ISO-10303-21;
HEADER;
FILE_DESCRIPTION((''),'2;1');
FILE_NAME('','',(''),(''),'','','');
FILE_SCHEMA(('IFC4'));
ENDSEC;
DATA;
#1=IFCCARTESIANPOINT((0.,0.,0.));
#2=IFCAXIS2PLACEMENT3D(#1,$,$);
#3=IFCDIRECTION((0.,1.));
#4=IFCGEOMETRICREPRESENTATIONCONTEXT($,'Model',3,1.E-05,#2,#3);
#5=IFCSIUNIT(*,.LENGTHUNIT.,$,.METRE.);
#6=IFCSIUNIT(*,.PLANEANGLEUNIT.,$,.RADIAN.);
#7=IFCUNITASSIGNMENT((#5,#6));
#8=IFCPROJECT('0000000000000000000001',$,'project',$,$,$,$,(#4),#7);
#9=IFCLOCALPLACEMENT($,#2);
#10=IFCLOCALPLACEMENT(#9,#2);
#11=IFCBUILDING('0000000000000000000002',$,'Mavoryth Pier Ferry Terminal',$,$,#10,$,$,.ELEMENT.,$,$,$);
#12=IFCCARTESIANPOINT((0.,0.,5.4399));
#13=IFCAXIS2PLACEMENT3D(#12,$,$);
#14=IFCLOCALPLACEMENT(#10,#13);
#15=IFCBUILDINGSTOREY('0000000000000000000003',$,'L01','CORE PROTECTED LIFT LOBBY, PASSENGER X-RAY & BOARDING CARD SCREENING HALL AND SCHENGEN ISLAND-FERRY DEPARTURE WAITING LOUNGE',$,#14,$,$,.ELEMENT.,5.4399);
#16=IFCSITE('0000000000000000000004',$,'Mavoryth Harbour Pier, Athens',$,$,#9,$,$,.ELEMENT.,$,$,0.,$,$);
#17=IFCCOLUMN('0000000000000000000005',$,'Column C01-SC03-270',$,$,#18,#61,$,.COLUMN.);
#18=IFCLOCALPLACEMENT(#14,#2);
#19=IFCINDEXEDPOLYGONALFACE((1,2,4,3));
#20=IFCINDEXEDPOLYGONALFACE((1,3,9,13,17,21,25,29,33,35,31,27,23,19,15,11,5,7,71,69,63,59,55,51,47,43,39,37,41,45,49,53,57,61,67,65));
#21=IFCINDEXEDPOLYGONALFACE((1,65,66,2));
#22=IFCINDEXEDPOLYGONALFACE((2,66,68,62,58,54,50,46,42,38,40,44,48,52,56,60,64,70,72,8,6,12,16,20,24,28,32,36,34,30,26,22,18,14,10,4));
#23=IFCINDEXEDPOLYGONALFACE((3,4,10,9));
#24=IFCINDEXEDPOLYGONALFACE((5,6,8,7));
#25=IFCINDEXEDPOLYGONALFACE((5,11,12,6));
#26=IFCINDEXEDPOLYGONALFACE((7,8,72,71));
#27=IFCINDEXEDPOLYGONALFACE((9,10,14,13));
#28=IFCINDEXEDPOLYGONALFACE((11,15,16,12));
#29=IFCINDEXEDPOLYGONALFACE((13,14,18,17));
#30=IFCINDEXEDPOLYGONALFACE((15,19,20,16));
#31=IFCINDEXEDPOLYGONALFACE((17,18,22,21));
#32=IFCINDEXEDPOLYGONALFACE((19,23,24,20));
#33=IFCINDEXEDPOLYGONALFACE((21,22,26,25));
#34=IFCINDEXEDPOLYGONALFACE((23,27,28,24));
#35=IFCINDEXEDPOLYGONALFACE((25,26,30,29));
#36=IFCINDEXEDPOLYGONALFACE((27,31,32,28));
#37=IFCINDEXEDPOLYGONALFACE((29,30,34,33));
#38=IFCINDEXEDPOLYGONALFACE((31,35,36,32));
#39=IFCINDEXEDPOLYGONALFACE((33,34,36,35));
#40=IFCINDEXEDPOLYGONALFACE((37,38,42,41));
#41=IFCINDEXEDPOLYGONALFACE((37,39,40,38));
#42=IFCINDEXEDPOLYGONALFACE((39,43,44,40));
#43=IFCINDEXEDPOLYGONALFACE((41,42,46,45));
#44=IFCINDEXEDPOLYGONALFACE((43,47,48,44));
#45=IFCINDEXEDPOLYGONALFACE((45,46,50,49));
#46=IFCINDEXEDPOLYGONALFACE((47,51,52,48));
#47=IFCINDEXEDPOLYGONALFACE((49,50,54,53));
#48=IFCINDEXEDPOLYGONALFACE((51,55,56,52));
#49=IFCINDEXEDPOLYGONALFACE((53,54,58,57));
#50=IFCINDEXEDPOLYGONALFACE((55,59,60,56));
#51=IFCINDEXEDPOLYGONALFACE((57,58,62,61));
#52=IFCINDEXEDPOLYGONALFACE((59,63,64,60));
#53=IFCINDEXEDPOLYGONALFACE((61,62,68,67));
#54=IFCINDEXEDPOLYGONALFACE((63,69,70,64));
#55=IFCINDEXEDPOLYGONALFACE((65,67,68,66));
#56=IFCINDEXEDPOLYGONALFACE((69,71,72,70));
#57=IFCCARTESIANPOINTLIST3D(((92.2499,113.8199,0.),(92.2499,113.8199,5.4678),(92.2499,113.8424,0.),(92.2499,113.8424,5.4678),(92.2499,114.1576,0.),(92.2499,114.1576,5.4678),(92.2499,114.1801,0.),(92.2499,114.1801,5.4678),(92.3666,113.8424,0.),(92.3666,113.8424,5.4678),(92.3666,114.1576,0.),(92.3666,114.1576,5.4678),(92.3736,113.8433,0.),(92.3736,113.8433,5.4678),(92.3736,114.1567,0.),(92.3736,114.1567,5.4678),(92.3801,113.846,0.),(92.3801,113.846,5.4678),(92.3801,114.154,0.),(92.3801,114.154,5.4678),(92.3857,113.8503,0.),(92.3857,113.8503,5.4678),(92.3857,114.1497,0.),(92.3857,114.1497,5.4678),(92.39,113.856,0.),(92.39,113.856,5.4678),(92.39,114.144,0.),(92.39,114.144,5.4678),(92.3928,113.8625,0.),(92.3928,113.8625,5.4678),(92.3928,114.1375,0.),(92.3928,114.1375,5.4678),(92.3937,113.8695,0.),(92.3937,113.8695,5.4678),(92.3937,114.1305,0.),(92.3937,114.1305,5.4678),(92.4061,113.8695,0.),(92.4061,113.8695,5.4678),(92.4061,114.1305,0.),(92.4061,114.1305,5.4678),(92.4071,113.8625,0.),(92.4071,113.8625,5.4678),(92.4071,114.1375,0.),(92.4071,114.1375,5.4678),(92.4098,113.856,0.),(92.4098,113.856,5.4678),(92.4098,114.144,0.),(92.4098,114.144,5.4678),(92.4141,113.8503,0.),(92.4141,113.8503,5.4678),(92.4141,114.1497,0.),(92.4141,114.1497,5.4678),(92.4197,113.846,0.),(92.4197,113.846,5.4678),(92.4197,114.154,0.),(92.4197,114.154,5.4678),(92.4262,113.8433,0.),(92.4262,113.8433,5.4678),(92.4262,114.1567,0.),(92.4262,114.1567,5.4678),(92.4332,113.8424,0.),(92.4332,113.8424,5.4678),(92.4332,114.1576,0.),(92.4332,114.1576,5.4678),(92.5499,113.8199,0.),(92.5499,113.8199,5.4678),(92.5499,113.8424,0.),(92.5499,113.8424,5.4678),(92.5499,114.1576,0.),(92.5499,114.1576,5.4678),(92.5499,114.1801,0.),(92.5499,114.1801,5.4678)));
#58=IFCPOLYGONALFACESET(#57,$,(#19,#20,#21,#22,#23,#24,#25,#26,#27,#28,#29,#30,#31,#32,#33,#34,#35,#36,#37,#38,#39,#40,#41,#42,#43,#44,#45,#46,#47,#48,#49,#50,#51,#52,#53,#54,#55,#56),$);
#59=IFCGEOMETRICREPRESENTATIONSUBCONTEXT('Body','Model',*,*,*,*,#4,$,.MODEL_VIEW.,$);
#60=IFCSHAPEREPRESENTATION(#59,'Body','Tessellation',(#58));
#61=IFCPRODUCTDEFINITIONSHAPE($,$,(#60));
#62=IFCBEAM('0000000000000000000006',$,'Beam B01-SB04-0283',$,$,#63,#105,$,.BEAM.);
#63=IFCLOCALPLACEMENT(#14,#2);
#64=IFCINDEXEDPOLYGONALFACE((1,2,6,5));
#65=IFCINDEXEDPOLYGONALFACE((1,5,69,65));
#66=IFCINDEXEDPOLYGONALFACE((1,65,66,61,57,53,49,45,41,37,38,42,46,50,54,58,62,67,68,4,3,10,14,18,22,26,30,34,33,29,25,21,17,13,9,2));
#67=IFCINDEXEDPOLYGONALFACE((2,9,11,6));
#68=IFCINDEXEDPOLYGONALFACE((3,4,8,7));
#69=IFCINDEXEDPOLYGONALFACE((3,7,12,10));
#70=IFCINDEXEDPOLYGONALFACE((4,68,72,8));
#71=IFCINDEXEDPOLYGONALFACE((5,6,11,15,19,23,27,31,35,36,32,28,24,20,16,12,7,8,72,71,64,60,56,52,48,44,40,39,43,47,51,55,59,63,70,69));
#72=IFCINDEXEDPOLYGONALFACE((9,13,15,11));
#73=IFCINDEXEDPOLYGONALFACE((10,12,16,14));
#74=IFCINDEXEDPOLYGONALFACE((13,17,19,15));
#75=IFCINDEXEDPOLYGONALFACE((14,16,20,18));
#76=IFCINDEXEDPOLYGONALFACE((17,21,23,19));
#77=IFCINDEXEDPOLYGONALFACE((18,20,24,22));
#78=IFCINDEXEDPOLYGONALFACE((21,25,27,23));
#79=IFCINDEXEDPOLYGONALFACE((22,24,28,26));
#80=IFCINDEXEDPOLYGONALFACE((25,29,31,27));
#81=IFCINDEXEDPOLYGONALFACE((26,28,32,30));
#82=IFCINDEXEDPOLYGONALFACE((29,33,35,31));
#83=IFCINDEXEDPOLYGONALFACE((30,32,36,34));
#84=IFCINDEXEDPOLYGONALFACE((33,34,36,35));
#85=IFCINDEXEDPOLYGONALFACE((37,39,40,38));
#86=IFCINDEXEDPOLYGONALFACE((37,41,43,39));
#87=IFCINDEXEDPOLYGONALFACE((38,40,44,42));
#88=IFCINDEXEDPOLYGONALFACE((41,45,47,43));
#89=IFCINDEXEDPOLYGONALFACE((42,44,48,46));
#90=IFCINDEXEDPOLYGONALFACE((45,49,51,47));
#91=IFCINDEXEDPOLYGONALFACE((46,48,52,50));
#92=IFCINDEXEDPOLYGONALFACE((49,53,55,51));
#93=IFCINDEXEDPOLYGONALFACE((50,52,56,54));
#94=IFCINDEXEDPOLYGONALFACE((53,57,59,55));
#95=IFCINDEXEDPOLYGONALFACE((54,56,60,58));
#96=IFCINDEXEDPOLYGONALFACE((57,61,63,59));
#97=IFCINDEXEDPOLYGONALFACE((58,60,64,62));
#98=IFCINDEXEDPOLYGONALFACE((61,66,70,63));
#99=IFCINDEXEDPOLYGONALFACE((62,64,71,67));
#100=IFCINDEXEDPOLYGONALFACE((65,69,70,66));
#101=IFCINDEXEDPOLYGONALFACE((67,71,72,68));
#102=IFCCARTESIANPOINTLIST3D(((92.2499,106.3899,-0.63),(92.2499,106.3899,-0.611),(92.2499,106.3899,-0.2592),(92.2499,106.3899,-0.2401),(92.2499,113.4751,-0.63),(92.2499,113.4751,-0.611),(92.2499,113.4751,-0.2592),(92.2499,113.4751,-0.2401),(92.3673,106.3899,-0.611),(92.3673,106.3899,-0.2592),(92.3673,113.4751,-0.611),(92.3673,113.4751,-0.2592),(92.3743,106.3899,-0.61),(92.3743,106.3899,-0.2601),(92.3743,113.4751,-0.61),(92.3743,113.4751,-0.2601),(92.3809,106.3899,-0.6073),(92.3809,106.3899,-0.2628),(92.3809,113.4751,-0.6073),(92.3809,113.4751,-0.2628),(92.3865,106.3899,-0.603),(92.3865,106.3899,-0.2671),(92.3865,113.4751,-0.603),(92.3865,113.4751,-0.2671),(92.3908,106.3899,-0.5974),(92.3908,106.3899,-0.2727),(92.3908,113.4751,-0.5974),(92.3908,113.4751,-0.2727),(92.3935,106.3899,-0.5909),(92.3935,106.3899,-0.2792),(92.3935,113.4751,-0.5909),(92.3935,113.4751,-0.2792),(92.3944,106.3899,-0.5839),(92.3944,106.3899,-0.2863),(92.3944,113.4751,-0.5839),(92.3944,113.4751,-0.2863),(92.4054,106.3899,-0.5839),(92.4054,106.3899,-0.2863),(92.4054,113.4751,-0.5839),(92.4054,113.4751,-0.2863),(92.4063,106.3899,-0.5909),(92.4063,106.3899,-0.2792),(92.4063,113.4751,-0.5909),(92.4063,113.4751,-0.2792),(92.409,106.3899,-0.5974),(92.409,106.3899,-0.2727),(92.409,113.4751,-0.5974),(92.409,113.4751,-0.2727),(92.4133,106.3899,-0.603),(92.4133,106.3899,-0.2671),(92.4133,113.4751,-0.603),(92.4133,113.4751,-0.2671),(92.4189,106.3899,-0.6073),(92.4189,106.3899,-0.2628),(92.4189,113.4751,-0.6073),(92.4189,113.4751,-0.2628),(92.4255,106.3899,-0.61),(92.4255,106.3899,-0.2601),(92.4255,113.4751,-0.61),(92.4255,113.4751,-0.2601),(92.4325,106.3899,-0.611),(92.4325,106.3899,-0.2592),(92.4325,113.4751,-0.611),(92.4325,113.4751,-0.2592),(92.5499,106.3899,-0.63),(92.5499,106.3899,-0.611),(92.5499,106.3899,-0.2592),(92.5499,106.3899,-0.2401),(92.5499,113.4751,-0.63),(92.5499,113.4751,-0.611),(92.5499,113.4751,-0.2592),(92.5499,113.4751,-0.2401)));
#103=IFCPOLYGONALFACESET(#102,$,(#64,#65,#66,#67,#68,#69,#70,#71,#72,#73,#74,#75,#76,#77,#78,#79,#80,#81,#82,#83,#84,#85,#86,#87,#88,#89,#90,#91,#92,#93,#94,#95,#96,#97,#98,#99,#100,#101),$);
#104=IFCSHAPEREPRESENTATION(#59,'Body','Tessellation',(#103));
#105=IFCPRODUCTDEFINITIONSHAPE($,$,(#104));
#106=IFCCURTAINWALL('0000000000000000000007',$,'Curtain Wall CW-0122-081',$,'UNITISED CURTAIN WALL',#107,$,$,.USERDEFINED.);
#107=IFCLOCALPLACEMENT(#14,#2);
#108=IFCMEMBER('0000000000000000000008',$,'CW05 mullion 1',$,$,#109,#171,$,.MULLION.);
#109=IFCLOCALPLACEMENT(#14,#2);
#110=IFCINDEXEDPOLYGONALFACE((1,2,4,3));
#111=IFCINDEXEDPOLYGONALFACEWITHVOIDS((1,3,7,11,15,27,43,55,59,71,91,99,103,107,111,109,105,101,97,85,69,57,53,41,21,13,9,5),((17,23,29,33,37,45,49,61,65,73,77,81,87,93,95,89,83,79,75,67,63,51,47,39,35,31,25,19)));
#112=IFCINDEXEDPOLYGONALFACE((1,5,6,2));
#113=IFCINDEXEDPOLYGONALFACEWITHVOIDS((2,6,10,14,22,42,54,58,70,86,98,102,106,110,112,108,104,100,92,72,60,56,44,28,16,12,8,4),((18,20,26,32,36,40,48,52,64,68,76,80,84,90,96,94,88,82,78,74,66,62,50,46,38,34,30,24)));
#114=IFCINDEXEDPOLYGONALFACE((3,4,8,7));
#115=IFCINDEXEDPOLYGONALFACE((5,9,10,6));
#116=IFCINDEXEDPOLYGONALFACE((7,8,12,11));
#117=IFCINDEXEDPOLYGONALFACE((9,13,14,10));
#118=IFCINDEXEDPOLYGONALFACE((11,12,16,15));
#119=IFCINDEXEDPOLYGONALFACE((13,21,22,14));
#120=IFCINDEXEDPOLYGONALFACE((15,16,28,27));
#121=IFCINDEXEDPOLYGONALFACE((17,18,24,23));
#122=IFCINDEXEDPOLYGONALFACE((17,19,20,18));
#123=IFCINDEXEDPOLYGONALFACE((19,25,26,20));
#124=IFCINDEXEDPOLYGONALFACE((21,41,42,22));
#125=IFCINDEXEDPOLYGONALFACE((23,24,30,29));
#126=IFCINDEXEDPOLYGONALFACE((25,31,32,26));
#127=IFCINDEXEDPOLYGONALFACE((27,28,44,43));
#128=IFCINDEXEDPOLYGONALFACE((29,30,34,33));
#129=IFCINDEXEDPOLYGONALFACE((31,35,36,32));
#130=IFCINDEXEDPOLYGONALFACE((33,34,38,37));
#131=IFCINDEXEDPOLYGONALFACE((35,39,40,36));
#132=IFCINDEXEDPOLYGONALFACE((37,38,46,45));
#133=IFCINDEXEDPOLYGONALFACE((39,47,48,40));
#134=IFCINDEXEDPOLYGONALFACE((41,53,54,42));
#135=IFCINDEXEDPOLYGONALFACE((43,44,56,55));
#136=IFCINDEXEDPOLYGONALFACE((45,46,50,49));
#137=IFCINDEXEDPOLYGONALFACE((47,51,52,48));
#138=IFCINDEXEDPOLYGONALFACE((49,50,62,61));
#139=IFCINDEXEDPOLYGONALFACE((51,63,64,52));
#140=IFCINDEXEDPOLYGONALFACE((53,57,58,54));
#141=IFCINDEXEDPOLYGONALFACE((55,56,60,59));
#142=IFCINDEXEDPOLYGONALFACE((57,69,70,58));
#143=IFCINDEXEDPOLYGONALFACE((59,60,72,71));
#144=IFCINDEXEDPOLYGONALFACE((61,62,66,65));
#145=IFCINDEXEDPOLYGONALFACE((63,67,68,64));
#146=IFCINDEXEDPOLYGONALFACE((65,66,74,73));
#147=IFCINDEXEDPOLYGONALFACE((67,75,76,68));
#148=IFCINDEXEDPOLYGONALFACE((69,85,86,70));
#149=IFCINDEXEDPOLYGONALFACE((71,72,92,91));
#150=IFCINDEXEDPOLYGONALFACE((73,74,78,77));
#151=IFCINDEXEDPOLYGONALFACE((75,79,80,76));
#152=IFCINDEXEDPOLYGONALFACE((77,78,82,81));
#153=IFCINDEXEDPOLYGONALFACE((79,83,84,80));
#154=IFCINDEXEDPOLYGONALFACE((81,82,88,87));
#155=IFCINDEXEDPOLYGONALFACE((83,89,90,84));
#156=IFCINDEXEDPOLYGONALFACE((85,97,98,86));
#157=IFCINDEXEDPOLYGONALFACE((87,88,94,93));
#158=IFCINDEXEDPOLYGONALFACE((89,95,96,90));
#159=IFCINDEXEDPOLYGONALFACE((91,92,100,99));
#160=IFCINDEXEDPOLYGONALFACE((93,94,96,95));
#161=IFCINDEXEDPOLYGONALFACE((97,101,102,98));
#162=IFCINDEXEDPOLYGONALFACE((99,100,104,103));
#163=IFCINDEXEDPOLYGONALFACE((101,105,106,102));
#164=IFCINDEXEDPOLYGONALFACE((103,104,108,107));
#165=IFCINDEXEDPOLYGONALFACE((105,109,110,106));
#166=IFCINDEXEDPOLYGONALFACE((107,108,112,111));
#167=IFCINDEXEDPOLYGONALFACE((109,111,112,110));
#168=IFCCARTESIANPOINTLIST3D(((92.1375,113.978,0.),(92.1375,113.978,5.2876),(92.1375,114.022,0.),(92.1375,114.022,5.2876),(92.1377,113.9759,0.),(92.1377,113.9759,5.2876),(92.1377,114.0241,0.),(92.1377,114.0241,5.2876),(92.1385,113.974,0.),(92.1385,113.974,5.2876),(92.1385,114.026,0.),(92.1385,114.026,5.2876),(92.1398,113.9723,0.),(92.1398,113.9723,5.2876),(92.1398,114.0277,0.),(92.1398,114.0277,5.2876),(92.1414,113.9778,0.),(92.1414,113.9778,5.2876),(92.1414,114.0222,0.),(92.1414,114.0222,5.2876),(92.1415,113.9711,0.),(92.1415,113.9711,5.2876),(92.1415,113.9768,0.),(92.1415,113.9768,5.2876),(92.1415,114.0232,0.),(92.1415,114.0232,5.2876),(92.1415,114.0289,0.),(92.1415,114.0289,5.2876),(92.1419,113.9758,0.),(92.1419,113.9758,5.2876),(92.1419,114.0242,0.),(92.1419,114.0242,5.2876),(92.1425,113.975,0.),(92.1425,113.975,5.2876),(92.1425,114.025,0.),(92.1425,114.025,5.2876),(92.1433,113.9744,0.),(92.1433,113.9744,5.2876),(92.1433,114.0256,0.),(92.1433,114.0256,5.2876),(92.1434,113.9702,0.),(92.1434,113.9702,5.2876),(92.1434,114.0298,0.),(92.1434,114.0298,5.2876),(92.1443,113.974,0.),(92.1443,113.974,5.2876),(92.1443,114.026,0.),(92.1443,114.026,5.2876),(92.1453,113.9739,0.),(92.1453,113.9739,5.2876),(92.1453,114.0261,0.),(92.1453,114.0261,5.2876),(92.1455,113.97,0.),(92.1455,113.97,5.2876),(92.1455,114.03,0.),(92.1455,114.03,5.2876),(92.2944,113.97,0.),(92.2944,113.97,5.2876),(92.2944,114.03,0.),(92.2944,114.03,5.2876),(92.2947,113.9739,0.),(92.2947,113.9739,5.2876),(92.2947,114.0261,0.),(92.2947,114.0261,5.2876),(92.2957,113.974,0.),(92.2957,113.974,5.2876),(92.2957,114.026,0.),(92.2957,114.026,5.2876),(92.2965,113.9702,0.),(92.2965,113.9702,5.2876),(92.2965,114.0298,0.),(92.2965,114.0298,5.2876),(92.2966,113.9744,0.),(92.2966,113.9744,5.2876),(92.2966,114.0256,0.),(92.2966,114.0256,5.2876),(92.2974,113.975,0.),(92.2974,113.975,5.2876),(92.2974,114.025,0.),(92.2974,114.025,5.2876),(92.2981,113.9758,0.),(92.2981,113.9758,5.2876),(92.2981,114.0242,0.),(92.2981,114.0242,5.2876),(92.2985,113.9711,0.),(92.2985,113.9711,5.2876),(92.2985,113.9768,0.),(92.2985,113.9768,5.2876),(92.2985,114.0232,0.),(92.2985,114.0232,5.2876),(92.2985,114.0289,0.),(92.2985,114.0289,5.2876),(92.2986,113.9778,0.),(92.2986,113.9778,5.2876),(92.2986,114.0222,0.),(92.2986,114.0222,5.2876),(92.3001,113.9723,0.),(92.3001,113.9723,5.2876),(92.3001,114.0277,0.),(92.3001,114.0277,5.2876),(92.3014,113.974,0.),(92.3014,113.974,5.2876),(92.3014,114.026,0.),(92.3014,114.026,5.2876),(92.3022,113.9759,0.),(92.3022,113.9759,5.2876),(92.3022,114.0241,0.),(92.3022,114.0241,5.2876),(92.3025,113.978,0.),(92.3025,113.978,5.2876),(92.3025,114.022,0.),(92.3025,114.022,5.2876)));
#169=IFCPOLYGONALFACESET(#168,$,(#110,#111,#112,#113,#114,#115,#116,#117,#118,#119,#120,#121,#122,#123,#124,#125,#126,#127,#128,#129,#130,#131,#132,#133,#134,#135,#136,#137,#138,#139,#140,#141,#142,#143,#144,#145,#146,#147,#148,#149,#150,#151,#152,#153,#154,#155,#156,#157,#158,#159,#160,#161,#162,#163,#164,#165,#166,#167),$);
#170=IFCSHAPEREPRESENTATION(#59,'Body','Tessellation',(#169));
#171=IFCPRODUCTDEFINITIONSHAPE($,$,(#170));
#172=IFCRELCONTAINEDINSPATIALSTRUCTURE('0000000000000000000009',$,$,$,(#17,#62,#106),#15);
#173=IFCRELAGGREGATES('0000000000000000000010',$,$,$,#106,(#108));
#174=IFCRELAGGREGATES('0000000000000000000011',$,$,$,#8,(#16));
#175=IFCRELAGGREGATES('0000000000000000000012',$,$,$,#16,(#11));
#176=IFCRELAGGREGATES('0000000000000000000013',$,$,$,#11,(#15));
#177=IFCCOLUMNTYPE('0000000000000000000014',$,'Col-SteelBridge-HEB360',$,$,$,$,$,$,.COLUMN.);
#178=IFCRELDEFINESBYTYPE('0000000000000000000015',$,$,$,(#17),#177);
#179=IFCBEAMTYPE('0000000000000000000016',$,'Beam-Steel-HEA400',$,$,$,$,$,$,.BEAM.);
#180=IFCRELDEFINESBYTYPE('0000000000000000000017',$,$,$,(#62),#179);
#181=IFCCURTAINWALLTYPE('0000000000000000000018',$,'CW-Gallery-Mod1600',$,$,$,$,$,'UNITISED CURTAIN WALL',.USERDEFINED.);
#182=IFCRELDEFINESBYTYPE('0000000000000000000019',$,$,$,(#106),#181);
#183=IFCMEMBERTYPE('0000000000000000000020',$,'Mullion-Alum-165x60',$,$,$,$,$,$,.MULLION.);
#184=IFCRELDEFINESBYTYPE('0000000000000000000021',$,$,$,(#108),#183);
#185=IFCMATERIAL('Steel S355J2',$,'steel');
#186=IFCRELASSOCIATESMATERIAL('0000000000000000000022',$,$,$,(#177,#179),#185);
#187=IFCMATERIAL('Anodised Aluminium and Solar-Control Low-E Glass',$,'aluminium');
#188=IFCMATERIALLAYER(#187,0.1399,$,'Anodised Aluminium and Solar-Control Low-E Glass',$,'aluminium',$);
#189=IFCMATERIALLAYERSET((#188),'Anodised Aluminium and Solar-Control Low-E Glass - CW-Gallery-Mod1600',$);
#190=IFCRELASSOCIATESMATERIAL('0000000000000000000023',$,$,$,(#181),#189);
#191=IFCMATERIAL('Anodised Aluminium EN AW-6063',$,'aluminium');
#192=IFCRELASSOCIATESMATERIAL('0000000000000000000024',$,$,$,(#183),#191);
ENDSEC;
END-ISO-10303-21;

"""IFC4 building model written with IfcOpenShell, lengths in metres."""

from ifc_helpers import new_model, si_unit, direction, frame, origin, origin_2d, place, context, subcontext, project, spatial, hollow_rectangle, i_section, extrude, material, layer, layer_set, material_profile, profile_set, type_object, element, aggregate, save


model = new_model("IFC4")

# Units and contexts
model_context = context("Model", 3, precision=1e-05, world=origin(), true_north=direction((0.0, 1.0)))
body_context = subcontext(model_context, "Body", "Model", "MODEL_VIEW")
ifc_project = project(units=[si_unit("LENGTHUNIT", "METRE"), si_unit("PLANEANGLEUNIT", "RADIAN")], contexts=[model_context])

# Site, building, storey
site_placement = place(None, origin())
site = spatial("IfcSite", under=ifc_project, at=site_placement, Name="Mavoryth Harbour Pier, Athens", CompositionType="ELEMENT", RefElevation=0.0)
building_placement = place(site_placement, origin())
building = spatial("IfcBuilding", under=site, at=building_placement, Name="Mavoryth Pier Ferry Terminal", CompositionType="ELEMENT")
storey_placement = place(building_placement, frame((0.0, 0.0, 5.4399)))
storey = spatial("IfcBuildingStorey", under=building, at=storey_placement, Name="L01", Description="CORE PROTECTED LIFT LOBBY, PASSENGER X-RAY & BOARDING CARD SCREENING HALL AND SCHENGEN ISLAND-FERRY DEPARTURE WAITING LOUNGE", CompositionType="ELEMENT", Elevation=5.4399)

# Column
ifc_material_1 = material(Name="Steel S355J2", Category="steel")
ifc_material_profile_1 = material_profile(ifc_material_1, i_section(OverallWidth=0.3, OverallDepth=0.3601, WebThickness=0.0125, FlangeThickness=0.0225, FilletRadius=0.0271, at=origin_2d()), Name="HEB 360", Category="steel")
ifc_profile_set_1 = profile_set([ifc_material_profile_1], Name="Steel S355J2 - HEB 360")
column_type = type_object("IfcColumnType", Name="Col-SteelBridge-HEB360", PredefinedType="COLUMN", material=ifc_profile_set_1)
column_placement = place(storey_placement, frame((92.3999, 114.0, 0.0), z_axis=(0.0, 0.0, 1.0), x_axis=(1.0, 0.0, 0.0)))
element("IfcColumn", 1, at=column_placement, inside=storey, type_object=column_type, Name="Column C01-SC03-270", PredefinedType="COLUMN", context=body_context, shape_type="SweptSolid", body=[
    extrude(i_section(OverallWidth=0.3, OverallDepth=0.3601, WebThickness=0.0125, FlangeThickness=0.0225, FilletRadius=0.0271, at=origin_2d()), origin(), (0.0, 0.0, 1.0), 5.4678),
])

# Beam
ifc_material_profile_2 = material_profile(ifc_material_1, i_section(OverallWidth=0.3, OverallDepth=0.3899, WebThickness=0.011, FlangeThickness=0.019, FilletRadius=0.0271, at=origin_2d()), Name="HEA 400", Category="steel")
ifc_profile_set_2 = profile_set([ifc_material_profile_2], Name="Steel S355J2 - HEA 400")
beam_type_1 = type_object("IfcBeamType", Name="Beam-Steel-HEA400", PredefinedType="BEAM", material=ifc_profile_set_2)
beam_1_placement = place(storey_placement, frame((92.3999, 106.3899, -0.4351), z_axis=(0.0, 1.0, 0.0), x_axis=(-1.0, 0.0, 0.0)))
element("IfcBeam", 2, at=beam_1_placement, inside=storey, type_object=beam_type_1, Name="Beam B01-SB04-0283", PredefinedType="BEAM", context=body_context, shape_type="SweptSolid", body=[
    extrude(i_section(OverallWidth=0.3, OverallDepth=0.3899, WebThickness=0.011, FlangeThickness=0.019, FilletRadius=0.0271, at=origin_2d()), origin(), (0.0, 0.0, 1.0), 7.0852),
])

# Curtain wall, member
ifc_material_2 = material(Name="Anodised Aluminium and Solar-Control Low-E Glass", Category="aluminium")
ifc_layer_1 = layer(ifc_material_2, 0.1399, Name="Anodised Aluminium and Solar-Control Low-E Glass", Category="aluminium")
ifc_layer_set_1 = layer_set([ifc_layer_1], Name="Anodised Aluminium and Solar-Control Low-E Glass - CW-Gallery-Mod1600")
curtain_wall_type = type_object("IfcCurtainWallType", Name="CW-Gallery-Mod1600", ElementType="UNITISED CURTAIN WALL", PredefinedType="USERDEFINED", material=ifc_layer_set_1)
curtain_wall_1_placement = place(storey_placement, origin())
curtain_wall_1 = element("IfcCurtainWall", 3, at=curtain_wall_1_placement, inside=storey, type_object=curtain_wall_type, Name="Curtain Wall CW-0122-081", ObjectType="UNITISED CURTAIN WALL", PredefinedType="USERDEFINED")
ifc_material_3 = material(Name="Anodised Aluminium EN AW-6063", Category="aluminium")
ifc_material_profile_3 = material_profile(ifc_material_3, hollow_rectangle(XDim=0.0601, YDim=0.165, WallThickness=0.0039, InnerFilletRadius=0.0039, OuterFilletRadius=0.0081, at=origin_2d()), Name="AL-MULL 165x60x4", Category="aluminium")
ifc_profile_set_3 = profile_set([ifc_material_profile_3], Name="Anodised Aluminium EN AW-6063 - AL-MULL 165x60x4")
member_type_1 = type_object("IfcMemberType", Name="Mullion-Alum-165x60", PredefinedType="MULLION", material=ifc_profile_set_3)
member_1_placement = place(storey_placement, frame((92.22, 114.0, 0.0), z_axis=(0.0, 0.0, 1.0), x_axis=(0.0, -1.0, 0.0)))
member_1 = element("IfcMember", 4, at=member_1_placement, type_object=member_type_1, Name="CW05 mullion 1", PredefinedType="MULLION", context=body_context, shape_type="SweptSolid", body=[
    extrude(hollow_rectangle(XDim=0.0601, YDim=0.165, WallThickness=0.0039, InnerFilletRadius=0.0039, OuterFilletRadius=0.0081, at=origin_2d()), origin(), (0.0, 0.0, 1.0), 5.2876),
])

aggregate(curtain_wall_1, [member_1])

save(model, "model.ifc")
